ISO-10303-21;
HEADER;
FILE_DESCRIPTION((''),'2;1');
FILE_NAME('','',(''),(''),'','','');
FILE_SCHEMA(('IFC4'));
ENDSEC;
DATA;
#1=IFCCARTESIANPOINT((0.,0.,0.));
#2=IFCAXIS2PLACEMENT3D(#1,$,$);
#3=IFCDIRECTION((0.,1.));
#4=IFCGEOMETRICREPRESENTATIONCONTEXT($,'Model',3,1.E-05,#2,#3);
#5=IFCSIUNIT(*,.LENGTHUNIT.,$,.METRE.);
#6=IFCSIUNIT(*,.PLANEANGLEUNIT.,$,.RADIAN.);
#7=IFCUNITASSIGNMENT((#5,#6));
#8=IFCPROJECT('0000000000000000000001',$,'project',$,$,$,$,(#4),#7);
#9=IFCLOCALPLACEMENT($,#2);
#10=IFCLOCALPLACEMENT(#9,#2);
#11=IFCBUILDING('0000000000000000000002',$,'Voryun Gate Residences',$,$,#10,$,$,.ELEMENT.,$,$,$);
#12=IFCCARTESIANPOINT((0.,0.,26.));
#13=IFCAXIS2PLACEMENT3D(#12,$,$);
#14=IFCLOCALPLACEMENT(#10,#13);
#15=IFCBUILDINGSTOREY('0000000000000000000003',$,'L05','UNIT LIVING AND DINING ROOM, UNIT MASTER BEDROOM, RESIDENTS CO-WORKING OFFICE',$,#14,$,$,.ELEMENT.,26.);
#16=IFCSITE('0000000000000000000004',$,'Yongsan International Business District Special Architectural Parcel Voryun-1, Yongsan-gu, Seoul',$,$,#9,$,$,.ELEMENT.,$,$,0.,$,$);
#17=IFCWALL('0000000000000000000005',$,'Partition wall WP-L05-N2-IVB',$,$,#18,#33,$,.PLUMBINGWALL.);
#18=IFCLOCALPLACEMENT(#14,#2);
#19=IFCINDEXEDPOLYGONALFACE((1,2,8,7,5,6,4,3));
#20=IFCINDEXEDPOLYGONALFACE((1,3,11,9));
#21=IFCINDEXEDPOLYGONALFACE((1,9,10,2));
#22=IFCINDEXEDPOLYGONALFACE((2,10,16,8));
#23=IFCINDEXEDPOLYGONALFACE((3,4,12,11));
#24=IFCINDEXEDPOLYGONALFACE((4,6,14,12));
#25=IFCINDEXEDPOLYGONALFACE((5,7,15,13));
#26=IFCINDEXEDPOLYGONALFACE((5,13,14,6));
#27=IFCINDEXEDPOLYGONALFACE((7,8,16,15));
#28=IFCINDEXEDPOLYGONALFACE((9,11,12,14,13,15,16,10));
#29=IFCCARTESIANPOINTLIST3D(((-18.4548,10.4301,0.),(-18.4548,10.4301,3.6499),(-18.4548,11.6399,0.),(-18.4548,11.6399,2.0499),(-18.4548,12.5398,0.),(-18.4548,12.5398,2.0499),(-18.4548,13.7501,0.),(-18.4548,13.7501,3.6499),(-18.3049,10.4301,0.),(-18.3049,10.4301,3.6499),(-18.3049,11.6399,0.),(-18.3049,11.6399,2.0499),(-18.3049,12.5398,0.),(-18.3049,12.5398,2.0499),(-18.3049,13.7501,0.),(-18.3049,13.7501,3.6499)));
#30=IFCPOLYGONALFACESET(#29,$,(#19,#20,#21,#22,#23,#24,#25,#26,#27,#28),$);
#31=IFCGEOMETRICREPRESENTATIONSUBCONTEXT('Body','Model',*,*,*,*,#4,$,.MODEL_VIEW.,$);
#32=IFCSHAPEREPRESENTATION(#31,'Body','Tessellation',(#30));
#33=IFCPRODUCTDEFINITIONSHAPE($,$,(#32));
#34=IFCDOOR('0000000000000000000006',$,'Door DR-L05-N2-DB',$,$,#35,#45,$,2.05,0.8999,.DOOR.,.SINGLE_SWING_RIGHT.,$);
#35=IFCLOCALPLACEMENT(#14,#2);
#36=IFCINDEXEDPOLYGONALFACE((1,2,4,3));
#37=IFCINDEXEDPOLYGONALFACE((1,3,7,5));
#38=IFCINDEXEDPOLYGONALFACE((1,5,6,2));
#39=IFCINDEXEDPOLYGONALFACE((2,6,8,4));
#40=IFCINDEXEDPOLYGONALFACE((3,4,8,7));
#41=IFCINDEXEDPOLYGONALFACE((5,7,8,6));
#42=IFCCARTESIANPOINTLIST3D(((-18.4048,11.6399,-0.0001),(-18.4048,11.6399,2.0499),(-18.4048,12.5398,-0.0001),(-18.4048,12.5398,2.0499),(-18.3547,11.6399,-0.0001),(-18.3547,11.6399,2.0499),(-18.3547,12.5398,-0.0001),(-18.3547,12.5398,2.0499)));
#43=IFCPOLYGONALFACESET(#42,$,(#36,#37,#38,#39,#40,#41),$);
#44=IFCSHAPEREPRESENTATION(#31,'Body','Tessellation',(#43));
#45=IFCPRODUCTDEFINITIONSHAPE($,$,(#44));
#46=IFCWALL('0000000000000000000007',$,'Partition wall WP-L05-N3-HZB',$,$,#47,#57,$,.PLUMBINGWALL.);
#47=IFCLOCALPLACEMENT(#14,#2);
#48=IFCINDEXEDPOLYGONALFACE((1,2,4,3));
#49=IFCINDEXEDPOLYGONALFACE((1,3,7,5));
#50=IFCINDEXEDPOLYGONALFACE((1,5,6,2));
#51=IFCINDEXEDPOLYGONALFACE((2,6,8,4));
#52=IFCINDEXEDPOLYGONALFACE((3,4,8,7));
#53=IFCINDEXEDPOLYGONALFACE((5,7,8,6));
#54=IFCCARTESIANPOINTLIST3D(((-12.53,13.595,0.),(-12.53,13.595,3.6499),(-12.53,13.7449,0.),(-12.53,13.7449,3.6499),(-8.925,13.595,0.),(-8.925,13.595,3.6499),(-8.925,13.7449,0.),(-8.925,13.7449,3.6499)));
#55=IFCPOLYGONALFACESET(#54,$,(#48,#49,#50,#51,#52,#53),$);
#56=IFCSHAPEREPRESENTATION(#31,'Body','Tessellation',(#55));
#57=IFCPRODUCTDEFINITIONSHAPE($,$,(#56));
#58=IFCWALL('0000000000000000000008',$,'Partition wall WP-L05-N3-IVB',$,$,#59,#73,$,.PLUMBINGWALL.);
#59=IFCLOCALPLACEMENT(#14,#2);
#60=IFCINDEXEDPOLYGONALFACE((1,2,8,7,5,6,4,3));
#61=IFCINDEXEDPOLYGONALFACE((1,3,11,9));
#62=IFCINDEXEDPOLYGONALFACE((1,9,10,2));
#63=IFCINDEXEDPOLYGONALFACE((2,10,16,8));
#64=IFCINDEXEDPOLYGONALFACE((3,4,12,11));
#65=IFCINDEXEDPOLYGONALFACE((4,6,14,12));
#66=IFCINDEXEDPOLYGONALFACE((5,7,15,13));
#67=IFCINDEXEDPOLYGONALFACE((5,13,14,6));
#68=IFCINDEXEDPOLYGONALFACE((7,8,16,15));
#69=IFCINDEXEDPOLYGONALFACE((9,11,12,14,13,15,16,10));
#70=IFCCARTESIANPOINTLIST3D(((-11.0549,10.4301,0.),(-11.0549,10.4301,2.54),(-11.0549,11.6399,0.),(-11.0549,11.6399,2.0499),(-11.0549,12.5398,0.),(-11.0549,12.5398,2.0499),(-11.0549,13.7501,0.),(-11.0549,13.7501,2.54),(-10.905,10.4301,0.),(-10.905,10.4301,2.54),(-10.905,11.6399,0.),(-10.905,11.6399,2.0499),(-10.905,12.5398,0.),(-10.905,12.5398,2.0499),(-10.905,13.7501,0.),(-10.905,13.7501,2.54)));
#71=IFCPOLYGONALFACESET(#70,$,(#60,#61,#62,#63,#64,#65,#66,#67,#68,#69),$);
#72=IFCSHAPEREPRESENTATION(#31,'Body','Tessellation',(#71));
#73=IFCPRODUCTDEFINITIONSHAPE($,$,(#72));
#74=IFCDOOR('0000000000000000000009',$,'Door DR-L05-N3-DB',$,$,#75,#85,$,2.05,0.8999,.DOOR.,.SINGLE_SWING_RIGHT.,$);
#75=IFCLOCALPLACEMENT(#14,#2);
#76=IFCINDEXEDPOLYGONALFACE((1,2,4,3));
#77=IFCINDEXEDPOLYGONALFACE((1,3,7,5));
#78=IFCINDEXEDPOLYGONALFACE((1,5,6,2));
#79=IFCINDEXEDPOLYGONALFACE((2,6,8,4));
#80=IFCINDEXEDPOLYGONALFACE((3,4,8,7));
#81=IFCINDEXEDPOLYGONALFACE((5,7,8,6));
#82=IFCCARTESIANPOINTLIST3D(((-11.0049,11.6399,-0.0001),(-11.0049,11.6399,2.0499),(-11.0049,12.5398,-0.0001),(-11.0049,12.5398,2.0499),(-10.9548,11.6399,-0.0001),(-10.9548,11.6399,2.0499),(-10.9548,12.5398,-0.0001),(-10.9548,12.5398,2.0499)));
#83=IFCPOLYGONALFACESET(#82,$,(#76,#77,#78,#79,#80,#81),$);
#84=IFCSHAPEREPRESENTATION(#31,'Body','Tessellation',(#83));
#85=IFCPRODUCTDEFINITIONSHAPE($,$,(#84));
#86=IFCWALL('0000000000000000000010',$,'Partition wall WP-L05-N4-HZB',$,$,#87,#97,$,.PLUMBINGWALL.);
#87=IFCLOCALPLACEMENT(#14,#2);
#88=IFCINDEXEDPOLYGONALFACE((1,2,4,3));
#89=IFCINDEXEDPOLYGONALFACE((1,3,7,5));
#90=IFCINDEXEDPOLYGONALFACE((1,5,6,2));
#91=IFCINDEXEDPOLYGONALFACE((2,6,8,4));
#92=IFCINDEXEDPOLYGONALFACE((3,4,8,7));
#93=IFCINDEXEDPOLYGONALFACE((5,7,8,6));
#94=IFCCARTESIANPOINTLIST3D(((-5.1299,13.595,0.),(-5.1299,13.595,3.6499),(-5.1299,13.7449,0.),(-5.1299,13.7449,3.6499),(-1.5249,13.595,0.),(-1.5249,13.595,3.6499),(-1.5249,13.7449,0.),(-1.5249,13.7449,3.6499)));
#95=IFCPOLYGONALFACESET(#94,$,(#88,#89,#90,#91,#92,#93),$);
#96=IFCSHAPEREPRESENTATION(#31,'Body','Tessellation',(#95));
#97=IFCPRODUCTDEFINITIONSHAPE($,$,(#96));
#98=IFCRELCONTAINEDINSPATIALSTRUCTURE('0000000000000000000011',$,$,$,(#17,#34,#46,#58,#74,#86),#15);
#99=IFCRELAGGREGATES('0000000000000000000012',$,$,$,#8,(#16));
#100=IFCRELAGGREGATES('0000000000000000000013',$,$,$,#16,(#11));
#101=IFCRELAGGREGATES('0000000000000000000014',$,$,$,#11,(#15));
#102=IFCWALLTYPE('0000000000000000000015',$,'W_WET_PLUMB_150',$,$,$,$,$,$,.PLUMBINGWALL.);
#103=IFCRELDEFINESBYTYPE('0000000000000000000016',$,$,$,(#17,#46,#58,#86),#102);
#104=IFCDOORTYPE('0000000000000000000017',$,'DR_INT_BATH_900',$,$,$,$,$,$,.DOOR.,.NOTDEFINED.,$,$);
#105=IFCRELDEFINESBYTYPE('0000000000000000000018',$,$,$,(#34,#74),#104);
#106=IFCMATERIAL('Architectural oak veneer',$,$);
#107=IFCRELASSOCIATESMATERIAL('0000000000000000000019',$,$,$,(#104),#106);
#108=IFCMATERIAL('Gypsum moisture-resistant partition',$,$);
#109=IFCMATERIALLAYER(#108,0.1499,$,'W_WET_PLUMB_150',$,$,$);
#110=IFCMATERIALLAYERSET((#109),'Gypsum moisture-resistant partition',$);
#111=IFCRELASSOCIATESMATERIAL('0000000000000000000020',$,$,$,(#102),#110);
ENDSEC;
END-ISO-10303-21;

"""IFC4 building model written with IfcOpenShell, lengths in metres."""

from ifc_helpers import new_model, si_unit, direction, frame, frame_2d, origin, place, context, subcontext, project, spatial, rectangle, extrude, material, layer, layer_set, type_object, element, fill, save


model = new_model("IFC4")

# Units and contexts
model_context = context("Model", 3, precision=1e-05, world=origin(), true_north=direction((0.0, 1.0)))
body_context = subcontext(model_context, "Body", "Model", "MODEL_VIEW")
ifc_project = project(units=[si_unit("LENGTHUNIT", "METRE"), si_unit("PLANEANGLEUNIT", "RADIAN")], contexts=[model_context])

# Site, building, storey
site_placement = place(None, origin())
site = spatial("IfcSite", under=ifc_project, at=site_placement, Name="Yongsan International Business District Special Architectural Parcel Voryun-1, Yongsan-gu, Seoul", CompositionType="ELEMENT", RefElevation=0.0)
building_placement = place(site_placement, origin())
building = spatial("IfcBuilding", under=site, at=building_placement, Name="Voryun Gate Residences", CompositionType="ELEMENT")
storey_placement = place(building_placement, frame((0.0, 0.0, 26.0)))
storey = spatial("IfcBuildingStorey", under=building, at=storey_placement, Name="L05", Description="UNIT LIVING AND DINING ROOM, UNIT MASTER BEDROOM, RESIDENTS CO-WORKING OFFICE", CompositionType="ELEMENT", Elevation=26.0)

# Shared definitions
ifc_material_1 = material(Name="Architectural oak veneer")
door_type_1 = type_object("IfcDoorType", Name="DR_INT_BATH_900", OperationType="NOTDEFINED", PredefinedType="DOOR", material=ifc_material_1)

# Wall, opening, door
ifc_material_2 = material(Name="Gypsum moisture-resistant partition")
ifc_layer_1 = layer(ifc_material_2, 0.1499, Name="W_WET_PLUMB_150")
ifc_layer_set_1 = layer_set([ifc_layer_1], Name="Gypsum moisture-resistant partition")
wall_type_1 = type_object("IfcWallType", Name="W_WET_PLUMB_150", PredefinedType="PLUMBINGWALL", material=ifc_layer_set_1)
wall_1_placement = place(storey_placement, frame((-18.3799, 10.4299, 0.0), z_axis=(0.0, 0.0, 1.0), x_axis=(0.0, 1.0, 0.0)))
wall_1 = element("IfcWall", 1, at=wall_1_placement, inside=storey, type_object=wall_type_1, Name="Partition wall WP-L05-N2-IVB", PredefinedType="PLUMBINGWALL", context=body_context, shape_type="SweptSolid", body=[
    extrude(rectangle(XDim=3.3201, YDim=0.1499, at=frame_2d((1.6602, 0.0))), origin(), (0.0, 0.0, 1.0), 3.6499),
])
opening_1_placement = place(wall_1_placement, frame((1.21, 0.0, 0.0)))
opening_1 = element("IfcOpeningElement", 2, at=opening_1_placement, cuts=wall_1, PredefinedType="OPENING", context=body_context, shape_type="SweptSolid", body=[
    extrude(rectangle(XDim=0.8999, YDim=2.05, at=frame_2d((0.45, 1.0249))), frame((0.0, 0.085, 0.0), z_axis=(0.0, -1.0, 0.0), x_axis=(1.0, 0.0, 0.0)), (0.0, 0.0, 1.0), 0.1699),
])
door_1_placement = place(opening_1_placement, origin())
door_1 = element("IfcDoor", 3, at=door_1_placement, inside=storey, type_object=door_type_1, Name="Door DR-L05-N2-DB", OperationType="SINGLE_SWING_RIGHT", OverallHeight=2.05, OverallWidth=0.8999, PredefinedType="DOOR", context=body_context, shape_type="SweptSolid", body=[
    extrude(rectangle(XDim=0.8999, YDim=2.05, at=frame_2d((0.45, 1.0249))), frame((0.0, 0.0249, 0.0), z_axis=(0.0, -1.0, 0.0), x_axis=(1.0, 0.0, 0.0)), (0.0, 0.0, 1.0), 0.05),
])
fill(opening_1, door_1)

# Wall
wall_2_placement = place(storey_placement, frame((-12.53, 13.6699, 0.0), z_axis=(0.0, 0.0, 1.0), x_axis=(1.0, 0.0, 0.0)))
element("IfcWall", 4, at=wall_2_placement, inside=storey, type_object=wall_type_1, Name="Partition wall WP-L05-N3-HZB", PredefinedType="PLUMBINGWALL", context=body_context, shape_type="SweptSolid", body=[
    extrude(rectangle(XDim=3.605, YDim=0.1499, at=frame_2d((1.8025, 0.0))), origin(), (0.0, 0.0, 1.0), 3.6499),
])

# Wall, opening, door
wall_3_placement = place(storey_placement, frame((-10.98, 10.4299, 0.0), z_axis=(0.0, 0.0, 1.0), x_axis=(0.0, 1.0, 0.0)))
wall_3 = element("IfcWall", 5, at=wall_3_placement, inside=storey, type_object=wall_type_1, Name="Partition wall WP-L05-N3-IVB", PredefinedType="PLUMBINGWALL", context=body_context, shape_type="SweptSolid", body=[
    extrude(rectangle(XDim=3.3201, YDim=0.1499, at=frame_2d((1.6602, 0.0))), origin(), (0.0, 0.0, 1.0), 2.54),
])
opening_2_placement = place(wall_3_placement, frame((1.21, 0.0, 0.0)))
opening_2 = element("IfcOpeningElement", 6, at=opening_2_placement, cuts=wall_3, PredefinedType="OPENING", context=body_context, shape_type="SweptSolid", body=[
    extrude(rectangle(XDim=0.8999, YDim=2.05, at=frame_2d((0.45, 1.0249))), frame((0.0, 0.085, 0.0), z_axis=(0.0, -1.0, 0.0), x_axis=(1.0, 0.0, 0.0)), (0.0, 0.0, 1.0), 0.1699),
])
door_2_placement = place(opening_2_placement, origin())
door_2 = element("IfcDoor", 7, at=door_2_placement, inside=storey, type_object=door_type_1, Name="Door DR-L05-N3-DB", OperationType="SINGLE_SWING_RIGHT", OverallHeight=2.05, OverallWidth=0.8999, PredefinedType="DOOR", context=body_context, shape_type="SweptSolid", body=[
    extrude(rectangle(XDim=0.8999, YDim=2.05, at=frame_2d((0.45, 1.0249))), frame((0.0, 0.0249, 0.0), z_axis=(0.0, -1.0, 0.0), x_axis=(1.0, 0.0, 0.0)), (0.0, 0.0, 1.0), 0.05),
])
fill(opening_2, door_2)

# Wall
wall_4_placement = place(storey_placement, frame((-5.1299, 13.6699, 0.0), z_axis=(0.0, 0.0, 1.0), x_axis=(1.0, 0.0, 0.0)))
element("IfcWall", 8, at=wall_4_placement, inside=storey, type_object=wall_type_1, Name="Partition wall WP-L05-N4-HZB", PredefinedType="PLUMBINGWALL", context=body_context, shape_type="SweptSolid", body=[
    extrude(rectangle(XDim=3.605, YDim=0.1499, at=frame_2d((1.8025, 0.0))), origin(), (0.0, 0.0, 1.0), 3.6499),
])

save(model, "model.ifc")
